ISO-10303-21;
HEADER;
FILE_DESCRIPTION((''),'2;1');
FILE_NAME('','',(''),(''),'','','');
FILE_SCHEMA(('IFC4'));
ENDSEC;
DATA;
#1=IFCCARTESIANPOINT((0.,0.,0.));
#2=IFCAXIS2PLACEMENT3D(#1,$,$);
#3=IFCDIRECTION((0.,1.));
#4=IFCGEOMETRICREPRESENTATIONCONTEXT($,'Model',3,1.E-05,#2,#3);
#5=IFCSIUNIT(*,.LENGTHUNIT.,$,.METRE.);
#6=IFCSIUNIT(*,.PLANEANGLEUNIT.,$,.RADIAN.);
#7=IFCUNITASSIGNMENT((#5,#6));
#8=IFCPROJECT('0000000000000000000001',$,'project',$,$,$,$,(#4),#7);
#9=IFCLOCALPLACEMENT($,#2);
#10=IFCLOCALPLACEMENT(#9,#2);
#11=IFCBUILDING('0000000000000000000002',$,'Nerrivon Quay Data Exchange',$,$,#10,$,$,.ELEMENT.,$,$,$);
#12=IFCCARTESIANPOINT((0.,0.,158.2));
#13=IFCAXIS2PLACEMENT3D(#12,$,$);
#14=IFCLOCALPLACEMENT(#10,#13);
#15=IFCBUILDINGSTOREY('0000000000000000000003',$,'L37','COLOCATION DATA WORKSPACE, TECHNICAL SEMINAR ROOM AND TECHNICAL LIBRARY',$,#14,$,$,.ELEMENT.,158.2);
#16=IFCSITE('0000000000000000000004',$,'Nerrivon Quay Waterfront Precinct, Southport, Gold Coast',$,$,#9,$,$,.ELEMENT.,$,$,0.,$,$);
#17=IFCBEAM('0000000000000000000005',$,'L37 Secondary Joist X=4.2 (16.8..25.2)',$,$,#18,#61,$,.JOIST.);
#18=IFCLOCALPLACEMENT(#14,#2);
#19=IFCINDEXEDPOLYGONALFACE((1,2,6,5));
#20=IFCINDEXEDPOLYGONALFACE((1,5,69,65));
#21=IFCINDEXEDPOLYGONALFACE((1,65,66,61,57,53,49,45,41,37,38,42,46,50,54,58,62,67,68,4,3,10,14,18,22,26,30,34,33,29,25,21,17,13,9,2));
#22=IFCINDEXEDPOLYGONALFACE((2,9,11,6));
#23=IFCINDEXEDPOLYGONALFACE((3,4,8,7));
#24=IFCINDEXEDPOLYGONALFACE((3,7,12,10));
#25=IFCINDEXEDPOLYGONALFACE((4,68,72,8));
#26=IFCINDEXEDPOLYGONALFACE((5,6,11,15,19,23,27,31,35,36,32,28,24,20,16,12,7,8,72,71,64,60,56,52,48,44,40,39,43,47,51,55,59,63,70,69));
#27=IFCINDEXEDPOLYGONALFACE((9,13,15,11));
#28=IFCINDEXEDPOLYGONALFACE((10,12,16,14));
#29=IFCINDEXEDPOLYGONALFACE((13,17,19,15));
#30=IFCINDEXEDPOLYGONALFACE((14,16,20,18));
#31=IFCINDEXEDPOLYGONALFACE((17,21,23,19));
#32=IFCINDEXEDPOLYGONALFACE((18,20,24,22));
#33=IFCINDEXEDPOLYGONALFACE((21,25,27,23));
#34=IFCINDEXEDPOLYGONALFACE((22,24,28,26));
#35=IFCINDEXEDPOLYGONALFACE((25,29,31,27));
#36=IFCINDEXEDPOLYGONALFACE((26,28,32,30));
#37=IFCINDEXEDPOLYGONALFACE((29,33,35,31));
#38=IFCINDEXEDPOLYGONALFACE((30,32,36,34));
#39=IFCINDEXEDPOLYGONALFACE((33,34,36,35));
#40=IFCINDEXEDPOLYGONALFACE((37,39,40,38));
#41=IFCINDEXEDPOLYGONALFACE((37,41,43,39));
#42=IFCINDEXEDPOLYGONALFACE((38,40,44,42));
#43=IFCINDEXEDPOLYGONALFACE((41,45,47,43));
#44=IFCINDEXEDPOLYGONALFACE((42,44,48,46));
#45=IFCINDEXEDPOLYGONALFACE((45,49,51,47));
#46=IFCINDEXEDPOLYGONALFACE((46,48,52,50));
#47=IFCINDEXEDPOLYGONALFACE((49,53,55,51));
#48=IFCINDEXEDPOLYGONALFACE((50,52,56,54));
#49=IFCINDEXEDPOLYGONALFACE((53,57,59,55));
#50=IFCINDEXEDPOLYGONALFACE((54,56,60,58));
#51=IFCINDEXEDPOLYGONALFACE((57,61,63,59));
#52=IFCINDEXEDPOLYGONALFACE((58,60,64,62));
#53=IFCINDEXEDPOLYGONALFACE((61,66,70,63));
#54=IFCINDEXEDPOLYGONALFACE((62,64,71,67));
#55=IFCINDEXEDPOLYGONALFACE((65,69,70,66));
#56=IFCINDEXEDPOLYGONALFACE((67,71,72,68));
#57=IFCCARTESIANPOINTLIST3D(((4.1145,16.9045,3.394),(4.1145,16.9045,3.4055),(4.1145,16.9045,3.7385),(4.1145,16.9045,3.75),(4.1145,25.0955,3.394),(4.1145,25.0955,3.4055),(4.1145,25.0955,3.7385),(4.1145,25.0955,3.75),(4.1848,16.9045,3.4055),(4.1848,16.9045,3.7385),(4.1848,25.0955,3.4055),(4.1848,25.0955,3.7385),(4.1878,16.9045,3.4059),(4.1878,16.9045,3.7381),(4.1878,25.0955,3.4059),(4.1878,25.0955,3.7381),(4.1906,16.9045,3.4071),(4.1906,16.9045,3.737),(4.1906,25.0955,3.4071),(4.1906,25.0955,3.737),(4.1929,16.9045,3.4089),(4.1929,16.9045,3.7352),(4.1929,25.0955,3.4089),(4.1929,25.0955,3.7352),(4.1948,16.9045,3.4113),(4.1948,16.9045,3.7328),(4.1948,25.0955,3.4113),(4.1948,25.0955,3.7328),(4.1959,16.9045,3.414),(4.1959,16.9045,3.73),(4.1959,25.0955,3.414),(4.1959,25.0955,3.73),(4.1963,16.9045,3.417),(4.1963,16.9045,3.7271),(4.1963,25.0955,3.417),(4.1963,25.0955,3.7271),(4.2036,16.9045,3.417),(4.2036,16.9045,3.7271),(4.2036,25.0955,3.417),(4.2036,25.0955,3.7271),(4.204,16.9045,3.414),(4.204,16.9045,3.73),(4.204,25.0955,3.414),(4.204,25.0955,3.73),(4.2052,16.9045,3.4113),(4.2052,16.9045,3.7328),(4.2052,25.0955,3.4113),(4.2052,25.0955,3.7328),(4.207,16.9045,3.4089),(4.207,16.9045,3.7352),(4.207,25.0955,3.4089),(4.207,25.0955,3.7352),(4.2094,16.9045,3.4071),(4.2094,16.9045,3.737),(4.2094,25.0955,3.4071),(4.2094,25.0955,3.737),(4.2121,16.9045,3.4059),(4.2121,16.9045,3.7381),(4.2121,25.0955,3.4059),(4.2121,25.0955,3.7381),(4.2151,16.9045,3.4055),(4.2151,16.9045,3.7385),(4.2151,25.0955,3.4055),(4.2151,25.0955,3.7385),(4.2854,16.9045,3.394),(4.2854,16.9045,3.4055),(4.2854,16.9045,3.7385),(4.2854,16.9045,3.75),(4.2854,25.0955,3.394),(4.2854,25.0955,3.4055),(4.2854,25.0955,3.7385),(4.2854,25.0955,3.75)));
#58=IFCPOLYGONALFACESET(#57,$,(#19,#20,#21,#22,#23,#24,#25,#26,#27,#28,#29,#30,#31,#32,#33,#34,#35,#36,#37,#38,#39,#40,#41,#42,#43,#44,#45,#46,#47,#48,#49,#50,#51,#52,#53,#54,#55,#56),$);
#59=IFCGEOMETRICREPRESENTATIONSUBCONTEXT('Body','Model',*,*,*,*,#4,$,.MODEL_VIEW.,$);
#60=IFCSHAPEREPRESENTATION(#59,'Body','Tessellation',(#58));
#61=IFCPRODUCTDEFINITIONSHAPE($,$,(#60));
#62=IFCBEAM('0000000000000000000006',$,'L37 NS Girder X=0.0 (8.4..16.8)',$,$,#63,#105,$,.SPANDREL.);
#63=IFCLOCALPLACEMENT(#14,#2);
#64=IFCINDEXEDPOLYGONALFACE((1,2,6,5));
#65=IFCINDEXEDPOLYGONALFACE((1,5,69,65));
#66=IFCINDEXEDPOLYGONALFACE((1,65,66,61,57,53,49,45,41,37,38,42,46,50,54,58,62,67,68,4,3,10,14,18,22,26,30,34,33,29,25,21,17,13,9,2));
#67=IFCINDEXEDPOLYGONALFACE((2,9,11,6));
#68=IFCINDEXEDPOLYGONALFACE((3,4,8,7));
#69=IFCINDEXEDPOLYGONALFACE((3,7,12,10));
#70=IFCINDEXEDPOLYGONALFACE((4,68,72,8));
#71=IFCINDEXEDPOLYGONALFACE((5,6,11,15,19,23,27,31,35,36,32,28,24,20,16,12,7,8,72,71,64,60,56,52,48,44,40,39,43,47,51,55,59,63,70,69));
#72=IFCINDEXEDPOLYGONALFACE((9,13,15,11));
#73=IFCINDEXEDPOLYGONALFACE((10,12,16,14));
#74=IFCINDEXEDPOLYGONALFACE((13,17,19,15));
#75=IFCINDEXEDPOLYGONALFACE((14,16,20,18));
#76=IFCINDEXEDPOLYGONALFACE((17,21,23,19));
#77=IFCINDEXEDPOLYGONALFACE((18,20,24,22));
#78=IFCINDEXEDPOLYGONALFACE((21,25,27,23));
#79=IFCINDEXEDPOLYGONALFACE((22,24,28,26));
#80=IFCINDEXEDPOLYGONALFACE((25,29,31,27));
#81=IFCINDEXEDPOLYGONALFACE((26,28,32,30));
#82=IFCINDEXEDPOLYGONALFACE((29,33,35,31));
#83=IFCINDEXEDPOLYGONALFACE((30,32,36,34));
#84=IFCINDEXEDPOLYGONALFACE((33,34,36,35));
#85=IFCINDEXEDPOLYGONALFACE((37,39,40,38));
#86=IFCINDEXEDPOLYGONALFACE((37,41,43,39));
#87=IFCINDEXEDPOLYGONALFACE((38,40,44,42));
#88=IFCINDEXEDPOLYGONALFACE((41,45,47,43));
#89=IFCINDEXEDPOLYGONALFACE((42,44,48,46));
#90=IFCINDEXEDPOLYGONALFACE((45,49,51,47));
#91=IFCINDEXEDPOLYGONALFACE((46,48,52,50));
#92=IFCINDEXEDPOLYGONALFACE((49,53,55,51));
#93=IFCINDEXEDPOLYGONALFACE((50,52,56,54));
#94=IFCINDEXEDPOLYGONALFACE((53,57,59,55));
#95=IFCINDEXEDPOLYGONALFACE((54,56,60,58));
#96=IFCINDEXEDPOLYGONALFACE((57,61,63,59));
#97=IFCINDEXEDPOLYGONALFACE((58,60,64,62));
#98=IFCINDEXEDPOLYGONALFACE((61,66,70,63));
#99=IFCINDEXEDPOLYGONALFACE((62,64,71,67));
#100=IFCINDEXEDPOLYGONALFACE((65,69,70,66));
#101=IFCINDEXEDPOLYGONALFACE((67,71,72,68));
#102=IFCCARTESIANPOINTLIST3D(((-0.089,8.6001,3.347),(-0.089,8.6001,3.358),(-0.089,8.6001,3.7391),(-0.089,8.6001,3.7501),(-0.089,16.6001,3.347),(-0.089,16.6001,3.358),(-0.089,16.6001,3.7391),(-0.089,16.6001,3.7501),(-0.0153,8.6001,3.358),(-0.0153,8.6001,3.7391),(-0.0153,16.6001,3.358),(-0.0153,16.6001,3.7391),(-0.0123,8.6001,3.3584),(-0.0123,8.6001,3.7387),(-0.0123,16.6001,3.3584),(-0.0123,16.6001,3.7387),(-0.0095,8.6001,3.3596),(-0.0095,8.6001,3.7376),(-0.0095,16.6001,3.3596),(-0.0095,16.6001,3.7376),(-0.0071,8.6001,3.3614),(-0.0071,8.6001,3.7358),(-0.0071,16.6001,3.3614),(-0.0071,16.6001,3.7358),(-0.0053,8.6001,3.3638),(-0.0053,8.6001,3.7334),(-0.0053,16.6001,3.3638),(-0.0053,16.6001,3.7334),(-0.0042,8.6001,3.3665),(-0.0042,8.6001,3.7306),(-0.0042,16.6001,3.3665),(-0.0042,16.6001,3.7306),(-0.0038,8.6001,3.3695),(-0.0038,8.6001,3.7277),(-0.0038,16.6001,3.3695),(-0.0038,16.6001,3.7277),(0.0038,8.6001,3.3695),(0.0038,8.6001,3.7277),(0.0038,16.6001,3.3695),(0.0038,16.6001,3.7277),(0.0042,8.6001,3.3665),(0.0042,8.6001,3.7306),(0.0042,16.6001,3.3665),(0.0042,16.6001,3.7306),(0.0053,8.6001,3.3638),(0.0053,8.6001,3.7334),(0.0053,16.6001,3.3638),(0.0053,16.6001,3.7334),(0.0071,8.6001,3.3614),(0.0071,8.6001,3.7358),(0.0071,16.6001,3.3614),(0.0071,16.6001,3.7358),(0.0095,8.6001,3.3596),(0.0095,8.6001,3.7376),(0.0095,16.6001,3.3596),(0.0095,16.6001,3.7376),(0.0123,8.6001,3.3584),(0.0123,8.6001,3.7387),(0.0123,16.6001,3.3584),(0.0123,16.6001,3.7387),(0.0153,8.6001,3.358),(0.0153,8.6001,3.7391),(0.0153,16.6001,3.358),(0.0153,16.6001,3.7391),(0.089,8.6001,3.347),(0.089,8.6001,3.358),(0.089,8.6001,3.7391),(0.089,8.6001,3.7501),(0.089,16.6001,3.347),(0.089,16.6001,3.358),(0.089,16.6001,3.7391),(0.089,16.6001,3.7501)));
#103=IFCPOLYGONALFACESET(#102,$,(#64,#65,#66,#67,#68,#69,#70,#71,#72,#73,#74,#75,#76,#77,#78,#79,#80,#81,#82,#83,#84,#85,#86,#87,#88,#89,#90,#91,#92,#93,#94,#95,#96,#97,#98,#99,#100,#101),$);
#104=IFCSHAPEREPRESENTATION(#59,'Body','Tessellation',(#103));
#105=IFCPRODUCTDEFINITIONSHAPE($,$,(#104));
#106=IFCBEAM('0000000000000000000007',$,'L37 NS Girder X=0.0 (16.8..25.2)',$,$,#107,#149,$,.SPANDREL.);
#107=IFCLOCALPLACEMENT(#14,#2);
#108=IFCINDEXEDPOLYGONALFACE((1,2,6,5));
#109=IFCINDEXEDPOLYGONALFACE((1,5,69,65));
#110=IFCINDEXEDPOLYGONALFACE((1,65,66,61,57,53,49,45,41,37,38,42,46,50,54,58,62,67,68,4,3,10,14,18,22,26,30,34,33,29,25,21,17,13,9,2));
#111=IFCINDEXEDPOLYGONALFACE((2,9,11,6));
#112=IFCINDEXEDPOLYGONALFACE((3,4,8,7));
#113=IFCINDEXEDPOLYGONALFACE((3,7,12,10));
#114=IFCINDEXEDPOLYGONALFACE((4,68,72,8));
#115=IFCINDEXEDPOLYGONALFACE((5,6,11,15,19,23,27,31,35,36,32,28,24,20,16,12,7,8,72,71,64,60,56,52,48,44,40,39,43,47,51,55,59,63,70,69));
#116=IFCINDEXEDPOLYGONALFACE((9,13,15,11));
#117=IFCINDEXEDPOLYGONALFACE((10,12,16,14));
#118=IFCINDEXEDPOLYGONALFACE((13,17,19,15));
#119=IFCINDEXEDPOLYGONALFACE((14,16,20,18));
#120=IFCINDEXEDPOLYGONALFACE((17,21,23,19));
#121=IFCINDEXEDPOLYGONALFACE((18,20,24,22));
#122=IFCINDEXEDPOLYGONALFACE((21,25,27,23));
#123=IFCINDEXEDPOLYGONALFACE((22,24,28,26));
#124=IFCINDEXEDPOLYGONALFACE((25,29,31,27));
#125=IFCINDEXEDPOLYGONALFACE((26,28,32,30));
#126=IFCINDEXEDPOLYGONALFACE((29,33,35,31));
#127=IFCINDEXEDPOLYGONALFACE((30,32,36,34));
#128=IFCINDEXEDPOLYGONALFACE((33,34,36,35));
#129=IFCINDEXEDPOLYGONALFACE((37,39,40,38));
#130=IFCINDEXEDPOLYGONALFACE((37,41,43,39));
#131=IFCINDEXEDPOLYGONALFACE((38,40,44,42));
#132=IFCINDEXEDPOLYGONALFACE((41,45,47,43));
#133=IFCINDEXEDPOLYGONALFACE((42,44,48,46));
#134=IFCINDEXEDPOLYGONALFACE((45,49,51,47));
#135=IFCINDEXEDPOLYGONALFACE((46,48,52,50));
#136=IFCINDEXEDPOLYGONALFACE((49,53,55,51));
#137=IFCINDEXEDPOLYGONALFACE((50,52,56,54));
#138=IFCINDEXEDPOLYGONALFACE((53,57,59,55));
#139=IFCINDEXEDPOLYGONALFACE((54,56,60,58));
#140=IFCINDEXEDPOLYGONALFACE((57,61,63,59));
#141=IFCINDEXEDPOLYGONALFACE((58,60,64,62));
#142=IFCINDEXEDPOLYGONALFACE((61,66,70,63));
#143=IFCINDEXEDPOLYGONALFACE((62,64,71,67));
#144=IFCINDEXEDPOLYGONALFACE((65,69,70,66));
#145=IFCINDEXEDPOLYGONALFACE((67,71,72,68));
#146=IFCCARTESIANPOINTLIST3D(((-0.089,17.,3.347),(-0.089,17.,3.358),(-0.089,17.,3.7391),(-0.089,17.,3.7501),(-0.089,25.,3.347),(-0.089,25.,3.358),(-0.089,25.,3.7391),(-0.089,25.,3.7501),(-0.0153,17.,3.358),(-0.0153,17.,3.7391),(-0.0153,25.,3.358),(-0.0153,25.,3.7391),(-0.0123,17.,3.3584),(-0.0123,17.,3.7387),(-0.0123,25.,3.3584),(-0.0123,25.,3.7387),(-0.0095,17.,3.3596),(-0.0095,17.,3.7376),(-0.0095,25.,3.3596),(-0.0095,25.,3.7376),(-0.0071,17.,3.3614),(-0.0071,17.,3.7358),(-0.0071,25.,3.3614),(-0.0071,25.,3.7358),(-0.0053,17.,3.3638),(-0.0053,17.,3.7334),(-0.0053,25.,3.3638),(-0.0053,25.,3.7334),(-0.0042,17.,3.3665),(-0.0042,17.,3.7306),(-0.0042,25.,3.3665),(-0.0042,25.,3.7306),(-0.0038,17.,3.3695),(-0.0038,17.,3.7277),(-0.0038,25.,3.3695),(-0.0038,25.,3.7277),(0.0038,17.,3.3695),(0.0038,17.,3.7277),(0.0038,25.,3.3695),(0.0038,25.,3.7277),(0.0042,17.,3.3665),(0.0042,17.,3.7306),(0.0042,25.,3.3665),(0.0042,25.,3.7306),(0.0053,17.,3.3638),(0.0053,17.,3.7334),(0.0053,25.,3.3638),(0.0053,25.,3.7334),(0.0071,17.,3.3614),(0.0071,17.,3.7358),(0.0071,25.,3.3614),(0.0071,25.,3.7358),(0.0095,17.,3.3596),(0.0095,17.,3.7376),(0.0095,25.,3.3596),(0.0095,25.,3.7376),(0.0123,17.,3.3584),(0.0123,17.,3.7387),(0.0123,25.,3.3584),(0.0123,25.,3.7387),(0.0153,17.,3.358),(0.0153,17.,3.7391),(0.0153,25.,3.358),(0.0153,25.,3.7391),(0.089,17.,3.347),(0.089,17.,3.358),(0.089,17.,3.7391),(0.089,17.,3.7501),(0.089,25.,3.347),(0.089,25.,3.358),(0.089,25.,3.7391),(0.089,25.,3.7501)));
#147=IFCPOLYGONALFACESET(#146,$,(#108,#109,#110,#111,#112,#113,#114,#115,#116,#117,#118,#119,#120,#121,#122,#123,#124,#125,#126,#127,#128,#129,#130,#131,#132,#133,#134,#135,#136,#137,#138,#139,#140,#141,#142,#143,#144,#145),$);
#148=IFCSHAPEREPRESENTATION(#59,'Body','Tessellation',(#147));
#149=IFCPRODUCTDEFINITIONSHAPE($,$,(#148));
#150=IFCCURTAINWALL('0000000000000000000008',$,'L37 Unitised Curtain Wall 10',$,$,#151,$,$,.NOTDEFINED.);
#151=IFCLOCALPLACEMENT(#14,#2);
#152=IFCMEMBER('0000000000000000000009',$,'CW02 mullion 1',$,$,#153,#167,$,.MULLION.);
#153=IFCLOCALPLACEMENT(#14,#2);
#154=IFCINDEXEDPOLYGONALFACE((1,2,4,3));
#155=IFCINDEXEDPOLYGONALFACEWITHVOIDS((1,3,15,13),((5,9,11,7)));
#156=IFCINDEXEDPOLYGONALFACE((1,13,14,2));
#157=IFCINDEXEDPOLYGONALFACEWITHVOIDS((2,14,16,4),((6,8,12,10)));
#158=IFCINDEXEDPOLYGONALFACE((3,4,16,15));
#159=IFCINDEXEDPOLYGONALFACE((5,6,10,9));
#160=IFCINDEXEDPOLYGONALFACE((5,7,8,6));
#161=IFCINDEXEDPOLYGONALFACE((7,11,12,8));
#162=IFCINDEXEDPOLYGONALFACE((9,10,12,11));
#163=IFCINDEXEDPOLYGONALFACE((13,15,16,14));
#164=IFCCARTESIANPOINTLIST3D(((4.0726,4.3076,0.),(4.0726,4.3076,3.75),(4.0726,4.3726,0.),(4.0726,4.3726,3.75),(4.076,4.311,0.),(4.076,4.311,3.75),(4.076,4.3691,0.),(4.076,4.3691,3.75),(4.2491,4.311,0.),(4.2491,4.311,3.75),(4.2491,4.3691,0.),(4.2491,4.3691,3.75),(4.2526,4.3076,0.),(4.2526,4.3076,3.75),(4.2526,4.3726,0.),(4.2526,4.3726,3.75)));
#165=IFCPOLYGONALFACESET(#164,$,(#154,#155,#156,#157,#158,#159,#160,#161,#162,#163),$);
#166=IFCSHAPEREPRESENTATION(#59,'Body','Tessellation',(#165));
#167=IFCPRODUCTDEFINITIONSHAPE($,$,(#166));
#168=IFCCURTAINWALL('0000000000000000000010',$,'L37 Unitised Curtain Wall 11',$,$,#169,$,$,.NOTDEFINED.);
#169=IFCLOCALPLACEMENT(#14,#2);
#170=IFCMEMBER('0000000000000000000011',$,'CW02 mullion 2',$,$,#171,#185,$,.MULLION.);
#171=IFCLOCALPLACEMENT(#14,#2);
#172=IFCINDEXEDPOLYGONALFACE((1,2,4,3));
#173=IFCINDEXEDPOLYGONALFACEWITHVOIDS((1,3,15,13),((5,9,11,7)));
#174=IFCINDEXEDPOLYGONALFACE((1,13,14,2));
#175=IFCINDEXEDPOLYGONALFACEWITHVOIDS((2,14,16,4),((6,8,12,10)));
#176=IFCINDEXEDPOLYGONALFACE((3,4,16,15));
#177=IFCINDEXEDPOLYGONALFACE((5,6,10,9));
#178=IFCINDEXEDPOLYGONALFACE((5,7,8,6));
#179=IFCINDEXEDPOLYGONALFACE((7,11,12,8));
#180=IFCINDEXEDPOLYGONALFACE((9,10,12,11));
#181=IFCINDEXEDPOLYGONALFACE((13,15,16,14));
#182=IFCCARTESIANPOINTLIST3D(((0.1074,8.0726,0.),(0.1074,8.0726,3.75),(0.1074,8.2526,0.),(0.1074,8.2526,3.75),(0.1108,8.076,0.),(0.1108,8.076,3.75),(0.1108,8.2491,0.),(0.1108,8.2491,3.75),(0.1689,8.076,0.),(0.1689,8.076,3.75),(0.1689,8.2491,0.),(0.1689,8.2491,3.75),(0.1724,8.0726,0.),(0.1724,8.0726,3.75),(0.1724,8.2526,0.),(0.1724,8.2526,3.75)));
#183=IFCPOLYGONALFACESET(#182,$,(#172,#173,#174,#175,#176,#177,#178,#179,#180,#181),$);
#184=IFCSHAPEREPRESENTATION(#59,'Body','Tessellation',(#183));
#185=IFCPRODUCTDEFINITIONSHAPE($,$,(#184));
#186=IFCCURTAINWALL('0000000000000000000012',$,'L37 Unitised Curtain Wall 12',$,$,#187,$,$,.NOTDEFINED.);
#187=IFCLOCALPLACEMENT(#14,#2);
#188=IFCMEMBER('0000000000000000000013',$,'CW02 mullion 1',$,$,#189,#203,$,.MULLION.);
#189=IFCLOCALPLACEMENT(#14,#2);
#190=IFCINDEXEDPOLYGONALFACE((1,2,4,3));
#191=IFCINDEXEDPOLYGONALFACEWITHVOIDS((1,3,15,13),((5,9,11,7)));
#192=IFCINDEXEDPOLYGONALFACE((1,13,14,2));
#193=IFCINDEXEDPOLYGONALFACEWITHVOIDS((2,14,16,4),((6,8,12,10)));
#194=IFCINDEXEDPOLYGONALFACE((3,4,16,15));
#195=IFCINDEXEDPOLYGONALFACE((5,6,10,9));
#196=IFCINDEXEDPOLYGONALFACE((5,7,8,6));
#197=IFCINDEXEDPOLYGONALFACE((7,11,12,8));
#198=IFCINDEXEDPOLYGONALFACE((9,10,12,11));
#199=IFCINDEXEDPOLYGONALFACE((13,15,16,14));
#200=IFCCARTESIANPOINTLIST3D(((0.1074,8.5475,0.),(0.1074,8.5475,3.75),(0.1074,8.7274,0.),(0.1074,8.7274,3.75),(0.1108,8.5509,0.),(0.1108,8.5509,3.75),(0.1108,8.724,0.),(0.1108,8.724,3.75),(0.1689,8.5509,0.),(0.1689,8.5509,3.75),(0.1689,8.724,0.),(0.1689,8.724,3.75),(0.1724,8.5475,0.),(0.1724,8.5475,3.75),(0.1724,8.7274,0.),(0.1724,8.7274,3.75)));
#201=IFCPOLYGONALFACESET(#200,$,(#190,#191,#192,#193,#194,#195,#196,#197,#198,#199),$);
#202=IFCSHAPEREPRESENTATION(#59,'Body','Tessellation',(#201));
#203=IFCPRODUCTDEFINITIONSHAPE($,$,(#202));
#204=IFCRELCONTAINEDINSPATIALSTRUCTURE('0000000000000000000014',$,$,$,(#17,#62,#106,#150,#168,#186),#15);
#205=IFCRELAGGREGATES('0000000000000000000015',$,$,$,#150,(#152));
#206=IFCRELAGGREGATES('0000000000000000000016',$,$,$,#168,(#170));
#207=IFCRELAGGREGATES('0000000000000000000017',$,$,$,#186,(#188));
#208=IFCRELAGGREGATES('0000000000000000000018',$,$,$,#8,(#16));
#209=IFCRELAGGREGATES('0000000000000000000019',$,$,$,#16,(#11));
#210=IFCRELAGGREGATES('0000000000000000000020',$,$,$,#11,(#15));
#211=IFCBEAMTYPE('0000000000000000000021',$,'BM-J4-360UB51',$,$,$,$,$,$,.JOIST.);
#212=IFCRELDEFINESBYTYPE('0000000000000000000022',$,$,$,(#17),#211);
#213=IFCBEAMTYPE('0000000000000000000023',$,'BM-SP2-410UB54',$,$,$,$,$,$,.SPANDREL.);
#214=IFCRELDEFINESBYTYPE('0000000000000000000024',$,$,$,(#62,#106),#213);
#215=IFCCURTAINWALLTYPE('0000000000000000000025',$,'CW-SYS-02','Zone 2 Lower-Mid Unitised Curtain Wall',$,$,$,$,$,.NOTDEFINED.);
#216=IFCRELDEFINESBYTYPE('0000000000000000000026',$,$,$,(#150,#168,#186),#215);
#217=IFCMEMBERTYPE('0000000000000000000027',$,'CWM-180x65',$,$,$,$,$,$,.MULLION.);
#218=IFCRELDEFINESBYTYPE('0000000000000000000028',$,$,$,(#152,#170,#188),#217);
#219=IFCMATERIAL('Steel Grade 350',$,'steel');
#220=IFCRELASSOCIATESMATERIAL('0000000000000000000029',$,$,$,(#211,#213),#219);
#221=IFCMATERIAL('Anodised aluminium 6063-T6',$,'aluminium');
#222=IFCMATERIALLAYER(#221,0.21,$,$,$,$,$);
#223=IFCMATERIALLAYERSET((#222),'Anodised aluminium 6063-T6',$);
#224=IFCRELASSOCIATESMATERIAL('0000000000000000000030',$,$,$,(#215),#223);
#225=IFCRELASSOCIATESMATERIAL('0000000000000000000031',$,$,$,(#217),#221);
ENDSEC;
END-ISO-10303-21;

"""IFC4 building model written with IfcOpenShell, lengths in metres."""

from ifc_helpers import new_model, si_unit, direction, frame, origin, origin_2d, place, context, subcontext, project, spatial, hollow_rectangle, i_section, extrude, material, layer, layer_set, material_profile, profile_set, type_object, element, aggregate, save


model = new_model("IFC4")

# Units and contexts
model_context = context("Model", 3, precision=1e-05, world=origin(), true_north=direction((0.0, 1.0)))
body_context = subcontext(model_context, "Body", "Model", "MODEL_VIEW")
ifc_project = project(units=[si_unit("LENGTHUNIT", "METRE"), si_unit("PLANEANGLEUNIT", "RADIAN")], contexts=[model_context])

# Site, building, storey
site_placement = place(None, origin())
site = spatial("IfcSite", under=ifc_project, at=site_placement, Name="Nerrivon Quay Waterfront Precinct, Southport, Gold Coast", CompositionType="ELEMENT", RefElevation=0.0)
building_placement = place(site_placement, origin())
building = spatial("IfcBuilding", under=site, at=building_placement, Name="Nerrivon Quay Data Exchange", CompositionType="ELEMENT")
storey_placement = place(building_placement, frame((0.0, 0.0, 158.2)))
storey = spatial("IfcBuildingStorey", under=building, at=storey_placement, Name="L37", Description="COLOCATION DATA WORKSPACE, TECHNICAL SEMINAR ROOM AND TECHNICAL LIBRARY", CompositionType="ELEMENT", Elevation=158.2)

# Shared definitions
ifc_material_1 = material(Name="Steel Grade 350", Category="steel")

# Beams
ifc_material_profile_1 = material_profile(ifc_material_1, i_section(OverallWidth=0.1709, OverallDepth=0.356, WebThickness=0.0073, FlangeThickness=0.0115, FilletRadius=0.0115, at=origin_2d()), Name="360UB50.7")
ifc_profile_set_1 = profile_set([ifc_material_profile_1], Name="Steel Grade 350")
beam_type_1 = type_object("IfcBeamType", Name="BM-J4-360UB51", PredefinedType="JOIST", material=ifc_profile_set_1)
beam_1_placement = place(storey_placement, frame((4.2, 16.9045, 3.572), z_axis=(0.0, 1.0, 0.0), x_axis=(-1.0, 0.0, 0.0)))
element("IfcBeam", 1, at=beam_1_placement, inside=storey, type_object=beam_type_1, Name="L37 Secondary Joist X=4.2 (16.8..25.2)", PredefinedType="JOIST", context=body_context, shape_type="SweptSolid", body=[
    extrude(i_section(OverallWidth=0.1709, OverallDepth=0.356, WebThickness=0.0073, FlangeThickness=0.0115, FilletRadius=0.0115, at=origin_2d()), origin(), (0.0, 0.0, 1.0), 8.1909),
])
ifc_material_profile_2 = material_profile(ifc_material_1, i_section(OverallWidth=0.178, OverallDepth=0.4031, WebThickness=0.0076, FlangeThickness=0.011, FilletRadius=0.0115, at=origin_2d()), Name="410UB53.7")
ifc_profile_set_2 = profile_set([ifc_material_profile_2], Name="Steel Grade 350")
beam_type_2 = type_object("IfcBeamType", Name="BM-SP2-410UB54", PredefinedType="SPANDREL", material=ifc_profile_set_2)
for number, where, z_axis, x_axis, name in (
    (2, (0.0, 8.6001, 3.5486), (0.0, 1.0, 0.0), (-1.0, 0.0, 0.0), "L37 NS Girder X=0.0 (8.4..16.8)"),
    (3, (0.0, 17.0, 3.5486), (0.0, 1.0, 0.0), (-1.0, 0.0, 0.0), "L37 NS Girder X=0.0 (16.8..25.2)"),
):
    element("IfcBeam", number, at=place(storey_placement, frame(where, z_axis=z_axis, x_axis=x_axis)), inside=storey, type_object=beam_type_2, Name=name, PredefinedType="SPANDREL", context=body_context, shape_type="SweptSolid", body=[
        extrude(i_section(OverallWidth=0.178, OverallDepth=0.4031, WebThickness=0.0076, FlangeThickness=0.011, FilletRadius=0.0115, at=origin_2d()), origin(), (0.0, 0.0, 1.0), 8.0),
    ])

# Curtain walls, members
ifc_material_2 = material(Name="Anodised aluminium 6063-T6", Category="aluminium")
ifc_layer_1 = layer(ifc_material_2, 0.21)
ifc_layer_set_1 = layer_set([ifc_layer_1], Name="Anodised aluminium 6063-T6")
curtain_wall_type = type_object("IfcCurtainWallType", Name="CW-SYS-02", Description="Zone 2 Lower-Mid Unitised Curtain Wall", PredefinedType="NOTDEFINED", material=ifc_layer_set_1)
curtain_wall_1_placement = place(storey_placement, origin())
curtain_wall_1 = element("IfcCurtainWall", 4, at=curtain_wall_1_placement, inside=storey, type_object=curtain_wall_type, Name="L37 Unitised Curtain Wall 10", PredefinedType="NOTDEFINED")
ifc_material_profile_3 = material_profile(ifc_material_2, hollow_rectangle(XDim=0.0649, YDim=0.1799, WallThickness=0.0034, at=origin_2d()), Name="ALU-MULL-180x65")
ifc_profile_set_3 = profile_set([ifc_material_profile_3], Name="Anodised aluminium 6063-T6")
member_type_1 = type_object("IfcMemberType", Name="CWM-180x65", PredefinedType="MULLION", material=ifc_profile_set_3)
member_1_placement = place(storey_placement, frame((4.1626, 4.3401, 0.0), z_axis=(0.0, 0.0, 1.0), x_axis=(0.0, -1.0, 0.0)))
member_1 = element("IfcMember", 5, at=member_1_placement, type_object=member_type_1, Name="CW02 mullion 1", PredefinedType="MULLION", context=body_context, shape_type="SweptSolid", body=[
    extrude(hollow_rectangle(XDim=0.0649, YDim=0.1799, WallThickness=0.0034, at=origin_2d()), origin(), (0.0, 0.0, 1.0), 3.75),
])
curtain_wall_2_placement = place(storey_placement, origin())
curtain_wall_2 = element("IfcCurtainWall", 6, at=curtain_wall_2_placement, inside=storey, type_object=curtain_wall_type, Name="L37 Unitised Curtain Wall 11", PredefinedType="NOTDEFINED")
member_2_placement = place(storey_placement, frame((0.1399, 8.1626, 0.0), z_axis=(0.0, 0.0, 1.0), x_axis=(-1.0, 0.0, 0.0)))
member_2 = element("IfcMember", 7, at=member_2_placement, type_object=member_type_1, Name="CW02 mullion 2", PredefinedType="MULLION", context=body_context, shape_type="SweptSolid", body=[
    extrude(hollow_rectangle(XDim=0.0649, YDim=0.1799, WallThickness=0.0034, at=origin_2d()), origin(), (0.0, 0.0, 1.0), 3.75),
])

# Curtain wall, member
curtain_wall_3_placement = place(storey_placement, origin())
curtain_wall_3 = element("IfcCurtainWall", 8, at=curtain_wall_3_placement, inside=storey, type_object=curtain_wall_type, Name="L37 Unitised Curtain Wall 12", PredefinedType="NOTDEFINED")
member_3_placement = place(storey_placement, frame((0.1399, 8.6375, 0.0), z_axis=(0.0, 0.0, 1.0), x_axis=(-1.0, 0.0, 0.0)))
member_3 = element("IfcMember", 9, at=member_3_placement, type_object=member_type_1, Name="CW02 mullion 1", PredefinedType="MULLION", context=body_context, shape_type="SweptSolid", body=[
    extrude(hollow_rectangle(XDim=0.0649, YDim=0.1799, WallThickness=0.0034, at=origin_2d()), origin(), (0.0, 0.0, 1.0), 3.75),
])

aggregate(curtain_wall_1, [member_1])

aggregate(curtain_wall_2, [member_2])
aggregate(curtain_wall_3, [member_3])

save(model, "model.ifc")
